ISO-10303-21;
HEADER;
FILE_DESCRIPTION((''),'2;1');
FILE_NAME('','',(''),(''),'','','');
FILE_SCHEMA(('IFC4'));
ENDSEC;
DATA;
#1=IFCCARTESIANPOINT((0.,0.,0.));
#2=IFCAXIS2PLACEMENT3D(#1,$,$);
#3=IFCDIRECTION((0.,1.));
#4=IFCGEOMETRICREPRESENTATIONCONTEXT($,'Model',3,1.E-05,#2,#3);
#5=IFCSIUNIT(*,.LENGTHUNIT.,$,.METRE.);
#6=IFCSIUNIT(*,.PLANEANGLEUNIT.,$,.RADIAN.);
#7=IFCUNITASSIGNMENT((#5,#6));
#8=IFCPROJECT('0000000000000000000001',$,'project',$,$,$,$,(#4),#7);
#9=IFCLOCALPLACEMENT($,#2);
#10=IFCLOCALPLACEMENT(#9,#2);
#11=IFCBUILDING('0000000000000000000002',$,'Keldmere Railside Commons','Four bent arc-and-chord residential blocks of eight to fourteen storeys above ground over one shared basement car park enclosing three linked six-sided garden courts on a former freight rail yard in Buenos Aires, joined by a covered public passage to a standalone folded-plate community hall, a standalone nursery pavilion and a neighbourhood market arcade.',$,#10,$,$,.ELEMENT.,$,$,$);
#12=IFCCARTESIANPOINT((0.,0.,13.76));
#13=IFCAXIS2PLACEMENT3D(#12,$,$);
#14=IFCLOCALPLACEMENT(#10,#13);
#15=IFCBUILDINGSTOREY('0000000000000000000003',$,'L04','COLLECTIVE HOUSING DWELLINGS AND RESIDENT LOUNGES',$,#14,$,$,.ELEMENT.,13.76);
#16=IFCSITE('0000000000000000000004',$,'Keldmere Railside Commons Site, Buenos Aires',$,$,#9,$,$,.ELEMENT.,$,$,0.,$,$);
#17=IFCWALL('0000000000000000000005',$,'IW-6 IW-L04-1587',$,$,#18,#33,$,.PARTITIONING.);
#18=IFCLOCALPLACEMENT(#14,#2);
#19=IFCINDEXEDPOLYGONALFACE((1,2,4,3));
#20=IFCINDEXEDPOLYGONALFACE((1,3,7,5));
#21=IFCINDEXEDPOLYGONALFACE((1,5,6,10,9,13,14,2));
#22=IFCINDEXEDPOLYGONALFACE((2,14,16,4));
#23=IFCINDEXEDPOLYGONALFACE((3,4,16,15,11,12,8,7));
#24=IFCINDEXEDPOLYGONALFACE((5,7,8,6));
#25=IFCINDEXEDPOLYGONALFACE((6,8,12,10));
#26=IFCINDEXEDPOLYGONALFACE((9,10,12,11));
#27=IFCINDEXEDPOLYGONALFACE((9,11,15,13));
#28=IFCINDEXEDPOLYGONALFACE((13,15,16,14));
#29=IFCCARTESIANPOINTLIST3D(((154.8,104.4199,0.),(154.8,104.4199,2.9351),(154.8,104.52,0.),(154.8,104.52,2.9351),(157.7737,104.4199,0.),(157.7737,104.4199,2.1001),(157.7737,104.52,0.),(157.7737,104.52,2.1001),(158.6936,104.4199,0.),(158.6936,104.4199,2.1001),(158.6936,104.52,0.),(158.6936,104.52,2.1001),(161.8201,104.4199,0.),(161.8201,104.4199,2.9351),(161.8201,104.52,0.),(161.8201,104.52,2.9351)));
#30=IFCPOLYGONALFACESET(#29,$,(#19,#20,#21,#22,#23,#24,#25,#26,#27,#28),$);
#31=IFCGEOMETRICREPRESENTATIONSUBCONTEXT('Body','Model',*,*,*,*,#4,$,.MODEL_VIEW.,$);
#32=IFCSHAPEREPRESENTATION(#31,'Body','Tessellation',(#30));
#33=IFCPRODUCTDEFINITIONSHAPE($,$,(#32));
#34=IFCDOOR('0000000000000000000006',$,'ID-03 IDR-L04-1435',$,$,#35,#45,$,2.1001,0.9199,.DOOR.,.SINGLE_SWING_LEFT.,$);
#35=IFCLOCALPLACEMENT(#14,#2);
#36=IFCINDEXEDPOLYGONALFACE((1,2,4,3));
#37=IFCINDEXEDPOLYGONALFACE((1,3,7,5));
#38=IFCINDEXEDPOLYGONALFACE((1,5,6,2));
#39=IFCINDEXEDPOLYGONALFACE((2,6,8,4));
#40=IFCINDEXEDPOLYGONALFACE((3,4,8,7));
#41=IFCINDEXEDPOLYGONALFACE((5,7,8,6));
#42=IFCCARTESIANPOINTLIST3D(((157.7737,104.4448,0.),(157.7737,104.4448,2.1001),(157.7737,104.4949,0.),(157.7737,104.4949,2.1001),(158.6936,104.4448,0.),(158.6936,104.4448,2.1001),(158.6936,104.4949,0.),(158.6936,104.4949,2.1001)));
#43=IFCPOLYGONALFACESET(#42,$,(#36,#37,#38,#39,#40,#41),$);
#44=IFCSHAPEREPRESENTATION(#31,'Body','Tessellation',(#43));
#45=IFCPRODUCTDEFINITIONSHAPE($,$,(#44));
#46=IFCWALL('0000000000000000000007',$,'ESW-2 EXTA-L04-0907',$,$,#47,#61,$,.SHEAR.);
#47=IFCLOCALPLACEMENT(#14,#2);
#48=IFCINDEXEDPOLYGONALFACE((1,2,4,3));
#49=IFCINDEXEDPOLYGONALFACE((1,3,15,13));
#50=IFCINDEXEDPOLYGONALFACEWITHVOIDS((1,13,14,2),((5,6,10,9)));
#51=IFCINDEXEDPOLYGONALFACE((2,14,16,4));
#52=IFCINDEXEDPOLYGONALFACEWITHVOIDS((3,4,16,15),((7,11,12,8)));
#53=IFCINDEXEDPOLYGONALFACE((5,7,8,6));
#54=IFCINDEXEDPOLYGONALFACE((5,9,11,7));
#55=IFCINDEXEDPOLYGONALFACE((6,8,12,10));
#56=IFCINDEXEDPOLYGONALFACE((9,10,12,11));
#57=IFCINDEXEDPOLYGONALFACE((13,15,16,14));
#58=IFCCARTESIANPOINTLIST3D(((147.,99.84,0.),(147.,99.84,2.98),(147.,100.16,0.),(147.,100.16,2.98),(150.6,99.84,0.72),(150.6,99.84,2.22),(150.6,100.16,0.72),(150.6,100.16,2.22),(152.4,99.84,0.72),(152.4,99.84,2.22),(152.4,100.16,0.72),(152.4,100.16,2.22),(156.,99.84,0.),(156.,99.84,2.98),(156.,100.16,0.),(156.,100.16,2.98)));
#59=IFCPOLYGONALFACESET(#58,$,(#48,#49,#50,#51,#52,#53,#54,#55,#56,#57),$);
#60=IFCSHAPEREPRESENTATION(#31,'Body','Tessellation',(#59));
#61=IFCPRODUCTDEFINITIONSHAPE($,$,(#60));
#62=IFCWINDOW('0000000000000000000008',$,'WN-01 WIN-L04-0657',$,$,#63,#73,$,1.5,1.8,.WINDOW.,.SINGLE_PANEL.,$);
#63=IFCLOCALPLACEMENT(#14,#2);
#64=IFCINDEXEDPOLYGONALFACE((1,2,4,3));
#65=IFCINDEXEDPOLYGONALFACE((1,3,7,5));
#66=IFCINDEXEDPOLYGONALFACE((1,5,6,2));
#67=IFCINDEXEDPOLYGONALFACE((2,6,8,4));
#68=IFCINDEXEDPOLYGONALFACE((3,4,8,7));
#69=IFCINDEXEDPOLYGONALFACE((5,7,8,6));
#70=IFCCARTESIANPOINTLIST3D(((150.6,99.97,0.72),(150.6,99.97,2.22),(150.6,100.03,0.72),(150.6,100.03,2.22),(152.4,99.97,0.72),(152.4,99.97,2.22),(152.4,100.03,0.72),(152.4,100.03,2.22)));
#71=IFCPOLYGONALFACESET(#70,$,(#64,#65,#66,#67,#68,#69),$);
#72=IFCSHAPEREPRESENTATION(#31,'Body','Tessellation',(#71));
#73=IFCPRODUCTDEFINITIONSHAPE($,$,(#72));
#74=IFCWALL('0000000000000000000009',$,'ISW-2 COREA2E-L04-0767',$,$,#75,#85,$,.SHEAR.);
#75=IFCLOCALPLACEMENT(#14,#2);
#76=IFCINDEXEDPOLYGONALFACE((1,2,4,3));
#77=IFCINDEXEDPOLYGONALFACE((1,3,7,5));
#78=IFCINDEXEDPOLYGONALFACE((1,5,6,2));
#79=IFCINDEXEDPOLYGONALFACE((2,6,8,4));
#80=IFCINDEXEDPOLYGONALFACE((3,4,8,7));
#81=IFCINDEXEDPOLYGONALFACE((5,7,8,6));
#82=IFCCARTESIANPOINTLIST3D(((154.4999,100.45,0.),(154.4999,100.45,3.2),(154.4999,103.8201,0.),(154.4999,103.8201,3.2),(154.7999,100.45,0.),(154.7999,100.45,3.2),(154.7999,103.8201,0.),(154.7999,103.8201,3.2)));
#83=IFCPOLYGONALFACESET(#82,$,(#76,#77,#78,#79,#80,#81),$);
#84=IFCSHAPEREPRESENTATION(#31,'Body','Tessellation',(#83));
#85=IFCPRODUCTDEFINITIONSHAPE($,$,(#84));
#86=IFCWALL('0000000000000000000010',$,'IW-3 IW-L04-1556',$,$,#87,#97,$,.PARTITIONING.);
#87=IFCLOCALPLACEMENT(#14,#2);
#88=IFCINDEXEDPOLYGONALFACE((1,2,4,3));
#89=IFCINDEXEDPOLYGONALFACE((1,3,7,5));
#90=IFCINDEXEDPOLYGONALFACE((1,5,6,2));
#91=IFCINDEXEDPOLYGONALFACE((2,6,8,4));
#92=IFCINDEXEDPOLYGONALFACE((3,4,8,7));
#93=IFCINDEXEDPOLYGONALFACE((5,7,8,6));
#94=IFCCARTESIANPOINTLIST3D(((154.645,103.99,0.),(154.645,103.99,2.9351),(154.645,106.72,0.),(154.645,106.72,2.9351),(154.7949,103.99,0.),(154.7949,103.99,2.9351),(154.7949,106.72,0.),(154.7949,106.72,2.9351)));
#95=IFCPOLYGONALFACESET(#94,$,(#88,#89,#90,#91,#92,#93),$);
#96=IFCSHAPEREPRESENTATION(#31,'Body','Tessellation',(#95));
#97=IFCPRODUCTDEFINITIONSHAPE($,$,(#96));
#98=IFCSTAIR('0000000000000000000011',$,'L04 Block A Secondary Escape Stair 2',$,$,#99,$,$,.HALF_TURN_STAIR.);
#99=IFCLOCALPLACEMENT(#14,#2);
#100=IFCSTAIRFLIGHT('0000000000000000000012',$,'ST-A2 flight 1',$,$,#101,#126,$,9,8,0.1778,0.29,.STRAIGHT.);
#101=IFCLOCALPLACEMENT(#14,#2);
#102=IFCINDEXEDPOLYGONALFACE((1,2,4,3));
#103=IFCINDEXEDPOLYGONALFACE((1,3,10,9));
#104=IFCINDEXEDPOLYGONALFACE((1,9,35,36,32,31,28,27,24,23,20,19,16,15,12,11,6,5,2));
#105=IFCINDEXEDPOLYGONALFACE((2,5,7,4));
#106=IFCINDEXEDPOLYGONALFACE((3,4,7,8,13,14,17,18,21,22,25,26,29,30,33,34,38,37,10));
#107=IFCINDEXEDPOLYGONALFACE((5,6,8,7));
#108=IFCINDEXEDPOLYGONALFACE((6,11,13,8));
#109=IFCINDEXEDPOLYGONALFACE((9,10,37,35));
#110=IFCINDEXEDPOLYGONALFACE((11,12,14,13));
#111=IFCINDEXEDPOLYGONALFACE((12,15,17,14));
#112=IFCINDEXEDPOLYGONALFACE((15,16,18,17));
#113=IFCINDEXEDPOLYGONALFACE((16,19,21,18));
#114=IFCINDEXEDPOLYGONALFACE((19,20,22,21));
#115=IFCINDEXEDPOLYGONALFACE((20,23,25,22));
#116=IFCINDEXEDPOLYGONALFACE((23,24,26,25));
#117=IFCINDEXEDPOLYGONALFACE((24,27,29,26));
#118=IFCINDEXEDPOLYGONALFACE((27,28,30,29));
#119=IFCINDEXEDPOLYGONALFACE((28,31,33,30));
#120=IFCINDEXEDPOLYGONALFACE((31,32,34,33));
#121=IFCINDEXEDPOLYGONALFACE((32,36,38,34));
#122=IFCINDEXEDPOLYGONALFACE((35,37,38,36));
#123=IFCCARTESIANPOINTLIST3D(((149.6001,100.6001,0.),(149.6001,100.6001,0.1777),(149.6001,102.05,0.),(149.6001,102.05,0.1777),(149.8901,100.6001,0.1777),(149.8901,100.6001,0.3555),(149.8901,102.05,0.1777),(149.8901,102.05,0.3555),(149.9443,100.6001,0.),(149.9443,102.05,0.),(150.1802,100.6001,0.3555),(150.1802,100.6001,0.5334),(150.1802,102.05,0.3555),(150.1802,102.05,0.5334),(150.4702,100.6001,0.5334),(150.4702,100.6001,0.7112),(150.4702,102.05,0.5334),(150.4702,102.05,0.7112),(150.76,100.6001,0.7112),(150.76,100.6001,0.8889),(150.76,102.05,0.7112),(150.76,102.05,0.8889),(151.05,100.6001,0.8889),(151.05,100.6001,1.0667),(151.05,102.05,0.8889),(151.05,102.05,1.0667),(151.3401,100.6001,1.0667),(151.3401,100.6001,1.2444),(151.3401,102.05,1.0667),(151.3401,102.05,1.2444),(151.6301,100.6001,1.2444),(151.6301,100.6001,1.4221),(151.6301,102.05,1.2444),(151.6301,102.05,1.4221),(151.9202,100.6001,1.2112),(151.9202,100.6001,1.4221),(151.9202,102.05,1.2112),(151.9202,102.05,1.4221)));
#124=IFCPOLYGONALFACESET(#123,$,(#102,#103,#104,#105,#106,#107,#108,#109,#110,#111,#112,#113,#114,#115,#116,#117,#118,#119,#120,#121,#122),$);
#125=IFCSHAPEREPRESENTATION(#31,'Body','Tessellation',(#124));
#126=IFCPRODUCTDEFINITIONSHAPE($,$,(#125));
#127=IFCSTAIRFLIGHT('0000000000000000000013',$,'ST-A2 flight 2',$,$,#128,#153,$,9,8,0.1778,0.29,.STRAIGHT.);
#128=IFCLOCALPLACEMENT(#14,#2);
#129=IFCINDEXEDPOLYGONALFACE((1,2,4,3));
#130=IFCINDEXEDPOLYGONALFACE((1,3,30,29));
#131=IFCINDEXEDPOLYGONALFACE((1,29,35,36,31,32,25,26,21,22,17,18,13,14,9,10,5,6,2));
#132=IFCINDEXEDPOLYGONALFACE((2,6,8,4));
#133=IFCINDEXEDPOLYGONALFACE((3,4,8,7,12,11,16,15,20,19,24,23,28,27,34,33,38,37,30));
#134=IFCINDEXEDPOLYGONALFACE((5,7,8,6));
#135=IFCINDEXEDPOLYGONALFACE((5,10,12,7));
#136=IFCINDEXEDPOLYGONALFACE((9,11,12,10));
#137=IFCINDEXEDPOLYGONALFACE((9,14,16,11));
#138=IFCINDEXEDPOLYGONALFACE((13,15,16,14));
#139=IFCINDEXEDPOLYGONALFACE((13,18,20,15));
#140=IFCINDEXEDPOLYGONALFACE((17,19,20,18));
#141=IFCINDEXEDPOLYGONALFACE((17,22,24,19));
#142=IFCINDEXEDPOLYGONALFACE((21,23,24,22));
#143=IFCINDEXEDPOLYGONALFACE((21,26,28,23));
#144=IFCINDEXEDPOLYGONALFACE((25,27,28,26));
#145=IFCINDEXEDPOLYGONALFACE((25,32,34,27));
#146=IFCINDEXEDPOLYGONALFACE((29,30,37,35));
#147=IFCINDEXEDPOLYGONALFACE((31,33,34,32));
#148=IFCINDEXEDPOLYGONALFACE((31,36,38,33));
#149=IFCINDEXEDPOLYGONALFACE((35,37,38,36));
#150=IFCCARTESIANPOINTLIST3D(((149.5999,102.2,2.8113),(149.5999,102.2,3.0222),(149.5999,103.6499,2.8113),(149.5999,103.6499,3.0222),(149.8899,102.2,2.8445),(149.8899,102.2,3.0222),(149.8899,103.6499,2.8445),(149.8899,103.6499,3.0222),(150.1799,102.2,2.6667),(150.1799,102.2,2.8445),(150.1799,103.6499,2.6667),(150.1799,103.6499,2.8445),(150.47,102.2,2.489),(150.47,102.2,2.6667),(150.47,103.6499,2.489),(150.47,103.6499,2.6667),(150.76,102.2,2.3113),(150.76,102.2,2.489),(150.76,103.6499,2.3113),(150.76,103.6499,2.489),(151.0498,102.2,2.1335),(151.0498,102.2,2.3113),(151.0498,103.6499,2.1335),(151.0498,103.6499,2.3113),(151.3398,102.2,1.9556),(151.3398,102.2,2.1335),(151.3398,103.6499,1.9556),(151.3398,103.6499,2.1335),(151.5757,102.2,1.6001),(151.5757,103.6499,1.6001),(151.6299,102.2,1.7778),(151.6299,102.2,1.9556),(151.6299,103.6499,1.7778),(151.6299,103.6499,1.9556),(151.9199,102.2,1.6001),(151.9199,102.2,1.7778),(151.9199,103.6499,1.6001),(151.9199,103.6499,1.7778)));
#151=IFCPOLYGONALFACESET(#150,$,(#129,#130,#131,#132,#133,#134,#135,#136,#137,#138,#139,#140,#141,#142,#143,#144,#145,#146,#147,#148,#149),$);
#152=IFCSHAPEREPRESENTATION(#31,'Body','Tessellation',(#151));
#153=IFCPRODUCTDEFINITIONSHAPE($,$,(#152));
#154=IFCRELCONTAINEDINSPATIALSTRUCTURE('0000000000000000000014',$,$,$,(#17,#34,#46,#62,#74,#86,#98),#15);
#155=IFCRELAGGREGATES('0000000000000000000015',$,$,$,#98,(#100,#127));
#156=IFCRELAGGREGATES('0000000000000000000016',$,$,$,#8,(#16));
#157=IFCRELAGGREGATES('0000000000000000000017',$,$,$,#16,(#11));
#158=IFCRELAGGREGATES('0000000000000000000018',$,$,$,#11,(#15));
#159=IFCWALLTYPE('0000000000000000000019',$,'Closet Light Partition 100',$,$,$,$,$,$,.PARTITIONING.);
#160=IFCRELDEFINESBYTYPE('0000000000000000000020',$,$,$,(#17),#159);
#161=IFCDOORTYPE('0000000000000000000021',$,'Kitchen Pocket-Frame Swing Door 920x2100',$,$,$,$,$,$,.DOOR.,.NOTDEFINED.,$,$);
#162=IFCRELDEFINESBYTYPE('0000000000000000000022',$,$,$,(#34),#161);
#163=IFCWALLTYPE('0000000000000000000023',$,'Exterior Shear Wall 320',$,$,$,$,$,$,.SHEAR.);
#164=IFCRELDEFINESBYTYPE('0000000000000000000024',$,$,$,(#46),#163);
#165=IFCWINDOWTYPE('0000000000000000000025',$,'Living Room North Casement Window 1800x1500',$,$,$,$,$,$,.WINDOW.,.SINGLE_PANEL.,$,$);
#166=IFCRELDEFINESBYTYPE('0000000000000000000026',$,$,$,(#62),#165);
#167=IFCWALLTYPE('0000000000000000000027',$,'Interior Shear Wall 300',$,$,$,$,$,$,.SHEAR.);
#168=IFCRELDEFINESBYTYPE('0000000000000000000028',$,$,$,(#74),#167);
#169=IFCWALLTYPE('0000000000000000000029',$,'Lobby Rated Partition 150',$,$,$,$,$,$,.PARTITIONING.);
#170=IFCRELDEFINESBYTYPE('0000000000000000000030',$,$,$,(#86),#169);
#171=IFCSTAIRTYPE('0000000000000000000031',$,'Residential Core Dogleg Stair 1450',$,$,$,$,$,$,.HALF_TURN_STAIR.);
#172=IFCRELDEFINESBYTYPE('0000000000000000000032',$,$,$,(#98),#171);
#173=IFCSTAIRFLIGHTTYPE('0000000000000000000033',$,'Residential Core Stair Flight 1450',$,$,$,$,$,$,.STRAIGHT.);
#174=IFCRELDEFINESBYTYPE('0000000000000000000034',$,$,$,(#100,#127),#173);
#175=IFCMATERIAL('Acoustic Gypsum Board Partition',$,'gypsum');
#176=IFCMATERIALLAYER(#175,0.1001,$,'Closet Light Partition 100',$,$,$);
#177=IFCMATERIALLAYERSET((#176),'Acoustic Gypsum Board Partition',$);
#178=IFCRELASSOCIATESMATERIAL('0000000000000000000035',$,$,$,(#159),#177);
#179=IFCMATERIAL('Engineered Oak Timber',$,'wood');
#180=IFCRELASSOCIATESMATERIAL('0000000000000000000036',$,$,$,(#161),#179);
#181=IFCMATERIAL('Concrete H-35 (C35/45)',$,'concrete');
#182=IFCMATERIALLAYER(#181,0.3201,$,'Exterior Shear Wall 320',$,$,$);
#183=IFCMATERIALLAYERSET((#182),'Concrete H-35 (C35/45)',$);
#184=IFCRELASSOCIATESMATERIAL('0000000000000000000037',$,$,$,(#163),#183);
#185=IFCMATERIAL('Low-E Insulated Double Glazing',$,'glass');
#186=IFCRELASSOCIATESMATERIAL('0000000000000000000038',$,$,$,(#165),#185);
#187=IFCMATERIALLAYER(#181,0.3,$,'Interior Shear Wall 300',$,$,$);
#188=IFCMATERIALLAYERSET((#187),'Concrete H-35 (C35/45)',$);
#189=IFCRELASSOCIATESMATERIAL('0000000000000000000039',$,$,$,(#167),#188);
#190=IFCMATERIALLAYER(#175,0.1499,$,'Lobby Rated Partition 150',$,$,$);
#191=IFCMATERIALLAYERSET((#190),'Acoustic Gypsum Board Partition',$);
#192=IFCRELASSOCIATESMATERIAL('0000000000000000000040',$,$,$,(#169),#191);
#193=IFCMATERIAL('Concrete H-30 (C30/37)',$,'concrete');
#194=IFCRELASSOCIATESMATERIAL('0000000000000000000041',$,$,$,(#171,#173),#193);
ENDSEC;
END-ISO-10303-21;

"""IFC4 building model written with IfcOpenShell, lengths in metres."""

from ifc_helpers import new_model, si_unit, direction, frame, frame_2d, origin, place, context, subcontext, project, spatial, polyline, rectangle, outline, extrude, material, layer, layer_set, type_object, element, fill, aggregate, save


model = new_model("IFC4")

# Units and contexts
model_context = context("Model", 3, precision=1e-05, world=origin(), true_north=direction((0.0, 1.0)))
body_context = subcontext(model_context, "Body", "Model", "MODEL_VIEW")
ifc_project = project(units=[si_unit("LENGTHUNIT", "METRE"), si_unit("PLANEANGLEUNIT", "RADIAN")], contexts=[model_context])

# Site, building, storey
site_placement = place(None, origin())
site = spatial("IfcSite", under=ifc_project, at=site_placement, Name="Keldmere Railside Commons Site, Buenos Aires", CompositionType="ELEMENT", RefElevation=0.0)
building_placement = place(site_placement, origin())
building = spatial("IfcBuilding", under=site, at=building_placement, Name="Keldmere Railside Commons", Description="Four bent arc-and-chord residential blocks of eight to fourteen storeys above ground over one shared basement car park enclosing three linked six-sided garden courts on a former freight rail yard in Buenos Aires, joined by a covered public passage to a standalone folded-plate community hall, a standalone nursery pavilion and a neighbourhood market arcade.", CompositionType="ELEMENT")
storey_placement = place(building_placement, frame((0.0, 0.0, 13.76)))
storey = spatial("IfcBuildingStorey", under=building, at=storey_placement, Name="L04", Description="COLLECTIVE HOUSING DWELLINGS AND RESIDENT LOUNGES", CompositionType="ELEMENT", Elevation=13.76)

# Wall, opening, door
ifc_material_1 = material(Name="Acoustic Gypsum Board Partition", Category="gypsum")
ifc_layer_1 = layer(ifc_material_1, 0.1001, Name="Closet Light Partition 100")
ifc_layer_set_1 = layer_set([ifc_layer_1], Name="Acoustic Gypsum Board Partition")
wall_type_1 = type_object("IfcWallType", Name="Closet Light Partition 100", PredefinedType="PARTITIONING", material=ifc_layer_set_1)
wall_1_placement = place(storey_placement, frame((154.8, 104.47, 0.0), z_axis=(0.0, 0.0, 1.0), x_axis=(1.0, 0.0, 0.0)))
wall_1 = element("IfcWall", 1, at=wall_1_placement, inside=storey, type_object=wall_type_1, Name="IW-6 IW-L04-1587", PredefinedType="PARTITIONING", context=body_context, shape_type="SweptSolid", body=[
    extrude(rectangle(XDim=7.02, YDim=0.1001, at=frame_2d((3.51, 0.0))), origin(), (0.0, 0.0, 1.0), 2.9351),
])
opening_1_placement = place(wall_1_placement, frame((2.9736, 0.0, 0.0)))
opening_1 = element("IfcOpeningElement", 2, at=opening_1_placement, cuts=wall_1, PredefinedType="OPENING", context=body_context, shape_type="SweptSolid", body=[
    extrude(rectangle(XDim=0.9199, YDim=2.1001, at=frame_2d((0.46, 1.05))), frame((0.0, 0.0601, 0.0), z_axis=(0.0, -1.0, 0.0), x_axis=(1.0, 0.0, 0.0)), (0.0, 0.0, 1.0), 0.1201),
])
ifc_material_2 = material(Name="Engineered Oak Timber", Category="wood")
door_type_1 = type_object("IfcDoorType", Name="Kitchen Pocket-Frame Swing Door 920x2100", OperationType="NOTDEFINED", PredefinedType="DOOR", material=ifc_material_2)
door_1_placement = place(opening_1_placement, origin())
door_1 = element("IfcDoor", 3, at=door_1_placement, inside=storey, type_object=door_type_1, Name="ID-03 IDR-L04-1435", OperationType="SINGLE_SWING_LEFT", OverallHeight=2.1001, OverallWidth=0.9199, PredefinedType="DOOR", context=body_context, shape_type="SweptSolid", body=[
    extrude(rectangle(XDim=0.9199, YDim=2.1001, at=frame_2d((0.46, 1.05))), frame((0.0, 0.0249, 0.0), z_axis=(0.0, -1.0, 0.0), x_axis=(1.0, 0.0, 0.0)), (0.0, 0.0, 1.0), 0.05),
])
fill(opening_1, door_1)

# Wall, opening, window
ifc_material_3 = material(Name="Concrete H-35 (C35/45)", Category="concrete")
ifc_layer_2 = layer(ifc_material_3, 0.3201, Name="Exterior Shear Wall 320")
ifc_layer_set_2 = layer_set([ifc_layer_2], Name="Concrete H-35 (C35/45)")
wall_type_2 = type_object("IfcWallType", Name="Exterior Shear Wall 320", PredefinedType="SHEAR", material=ifc_layer_set_2)
wall_2_placement = place(storey_placement, frame((156.0, 100.0, 0.0), z_axis=(0.0, 0.0, 1.0), x_axis=(-1.0, 0.0, 0.0)))
wall_2 = element("IfcWall", 4, at=wall_2_placement, inside=storey, type_object=wall_type_2, Name="ESW-2 EXTA-L04-0907", PredefinedType="SHEAR", context=body_context, shape_type="SweptSolid", body=[
    extrude(rectangle(XDim=9.0, YDim=0.3201, at=frame_2d((4.5, 0.0))), origin(), (0.0, 0.0, 1.0), 2.98),
])
opening_2_placement = place(wall_2_placement, frame((3.6001, 0.0, 0.72)))
opening_2 = element("IfcOpeningElement", 5, at=opening_2_placement, cuts=wall_2, PredefinedType="OPENING", context=body_context, shape_type="SweptSolid", body=[
    extrude(rectangle(XDim=1.8, YDim=1.5, at=frame_2d((0.8999, 0.75))), frame((0.0, 0.1699, 0.0), z_axis=(0.0, -1.0, 0.0), x_axis=(1.0, 0.0, 0.0)), (0.0, 0.0, 1.0), 0.3401),
])
ifc_material_4 = material(Name="Low-E Insulated Double Glazing", Category="glass")
window_type = type_object("IfcWindowType", Name="Living Room North Casement Window 1800x1500", PartitioningType="SINGLE_PANEL", PredefinedType="WINDOW", material=ifc_material_4)
window_placement = place(opening_2_placement, origin())
window = element("IfcWindow", 6, at=window_placement, inside=storey, type_object=window_type, Name="WN-01 WIN-L04-0657", OverallHeight=1.5, OverallWidth=1.8, PartitioningType="SINGLE_PANEL", PredefinedType="WINDOW", context=body_context, shape_type="SweptSolid", body=[
    extrude(rectangle(XDim=1.8, YDim=1.5, at=frame_2d((0.8999, 0.75))), frame((0.0, 0.03, 0.0), z_axis=(0.0, -1.0, 0.0), x_axis=(1.0, 0.0, 0.0)), (0.0, 0.0, 1.0), 0.0601),
])
fill(opening_2, window)

# Wall
ifc_layer_3 = layer(ifc_material_3, 0.3, Name="Interior Shear Wall 300")
ifc_layer_set_3 = layer_set([ifc_layer_3], Name="Concrete H-35 (C35/45)")
wall_type_3 = type_object("IfcWallType", Name="Interior Shear Wall 300", PredefinedType="SHEAR", material=ifc_layer_set_3)
wall_3_placement = place(storey_placement, frame((154.6499, 100.45, 0.0), z_axis=(0.0, 0.0, 1.0), x_axis=(0.0, 1.0, 0.0)))
element("IfcWall", 7, at=wall_3_placement, inside=storey, type_object=wall_type_3, Name="ISW-2 COREA2E-L04-0767", PredefinedType="SHEAR", context=body_context, shape_type="SweptSolid", body=[
    extrude(rectangle(XDim=3.3701, YDim=0.3, at=frame_2d((1.6851, 0.0))), origin(), (0.0, 0.0, 1.0), 3.2),
])

# Wall
ifc_layer_4 = layer(ifc_material_1, 0.1499, Name="Lobby Rated Partition 150")
ifc_layer_set_4 = layer_set([ifc_layer_4], Name="Acoustic Gypsum Board Partition")
wall_type_4 = type_object("IfcWallType", Name="Lobby Rated Partition 150", PredefinedType="PARTITIONING", material=ifc_layer_set_4)
wall_4_placement = place(storey_placement, frame((154.72, 103.99, 0.0), z_axis=(0.0, 0.0, 1.0), x_axis=(0.0, 1.0, 0.0)))
element("IfcWall", 8, at=wall_4_placement, inside=storey, type_object=wall_type_4, Name="IW-3 IW-L04-1556", PredefinedType="PARTITIONING", context=body_context, shape_type="SweptSolid", body=[
    extrude(rectangle(XDim=2.73, YDim=0.1499, at=frame_2d((1.365, 0.0))), origin(), (0.0, 0.0, 1.0), 2.9351),
])

# Stair, stair flights
ifc_material_5 = material(Name="Concrete H-30 (C30/37)", Category="concrete")
stair_type = type_object("IfcStairType", Name="Residential Core Dogleg Stair 1450", PredefinedType="HALF_TURN_STAIR", material=ifc_material_5)
stair_placement = place(storey_placement, origin())
stair = element("IfcStair", 9, at=stair_placement, inside=storey, type_object=stair_type, Name="L04 Block A Secondary Escape Stair 2", PredefinedType="HALF_TURN_STAIR")
stair_flight_type = type_object("IfcStairFlightType", Name="Residential Core Stair Flight 1450", PredefinedType="STRAIGHT", material=ifc_material_5)
stair_flight_1_placement = place(storey_placement, frame((149.6001, 101.325, 0.0), z_axis=(0.0, 0.0, 1.0), x_axis=(1.0, 0.0, 0.0)))
stair_flight_1 = element("IfcStairFlight", 10, at=stair_flight_1_placement, type_object=stair_flight_type, Name="ST-A2 flight 1", NumberOfRisers=9, NumberOfTreads=8, PredefinedType="STRAIGHT", RiserHeight=0.1778, TreadLength=0.29, context=body_context, shape_type="SweptSolid", body=[
    extrude(outline(polyline([(0.0, 0.0), (0.0, 0.1777), (0.29, 0.1777), (0.29, 0.3555), (0.5801, 0.3555), (0.5801, 0.5334), (0.8701, 0.5334), (0.8701, 0.7112), (1.1599, 0.7112), (1.1599, 0.8889), (1.45, 0.8889), (1.45, 1.0667), (1.74, 1.0667), (1.74, 1.2444), (2.03, 1.2444), (2.03, 1.4221), (2.3201, 1.4221), (2.3201, 1.6001), (2.3201, 1.2112), (0.3442, 0.0), (0.0, 0.0)])), frame((0.0, 0.7251, 0.0), z_axis=(0.0, -1.0, 0.0), x_axis=(1.0, 0.0, 0.0)), (0.0, 0.0, 1.0), 1.45),
])
stair_flight_2_placement = place(storey_placement, frame((151.9199, 102.925, 1.6001), z_axis=(0.0, 0.0, 1.0), x_axis=(-1.0, 0.0, 0.0)))
stair_flight_2 = element("IfcStairFlight", 11, at=stair_flight_2_placement, type_object=stair_flight_type, Name="ST-A2 flight 2", NumberOfRisers=9, NumberOfTreads=8, PredefinedType="STRAIGHT", RiserHeight=0.1778, TreadLength=0.29, context=body_context, shape_type="SweptSolid", body=[
    extrude(outline(polyline([(0.0, 0.0), (0.0, 0.1777), (0.29, 0.1777), (0.29, 0.3555), (0.5801, 0.3555), (0.5801, 0.5334), (0.8701, 0.5334), (0.8701, 0.7112), (1.1599, 0.7112), (1.1599, 0.8889), (1.45, 0.8889), (1.45, 1.0667), (1.74, 1.0667), (1.74, 1.2444), (2.03, 1.2444), (2.03, 1.4221), (2.3201, 1.4221), (2.3201, 1.6001), (2.3201, 1.2112), (0.3442, 0.0), (0.0, 0.0)])), frame((0.0, 0.7251, 0.0), z_axis=(0.0, -1.0, 0.0), x_axis=(1.0, 0.0, 0.0)), (0.0, 0.0, 1.0), 1.45),
])
aggregate(stair, [stair_flight_1, stair_flight_2])

save(model, "model.ifc")
